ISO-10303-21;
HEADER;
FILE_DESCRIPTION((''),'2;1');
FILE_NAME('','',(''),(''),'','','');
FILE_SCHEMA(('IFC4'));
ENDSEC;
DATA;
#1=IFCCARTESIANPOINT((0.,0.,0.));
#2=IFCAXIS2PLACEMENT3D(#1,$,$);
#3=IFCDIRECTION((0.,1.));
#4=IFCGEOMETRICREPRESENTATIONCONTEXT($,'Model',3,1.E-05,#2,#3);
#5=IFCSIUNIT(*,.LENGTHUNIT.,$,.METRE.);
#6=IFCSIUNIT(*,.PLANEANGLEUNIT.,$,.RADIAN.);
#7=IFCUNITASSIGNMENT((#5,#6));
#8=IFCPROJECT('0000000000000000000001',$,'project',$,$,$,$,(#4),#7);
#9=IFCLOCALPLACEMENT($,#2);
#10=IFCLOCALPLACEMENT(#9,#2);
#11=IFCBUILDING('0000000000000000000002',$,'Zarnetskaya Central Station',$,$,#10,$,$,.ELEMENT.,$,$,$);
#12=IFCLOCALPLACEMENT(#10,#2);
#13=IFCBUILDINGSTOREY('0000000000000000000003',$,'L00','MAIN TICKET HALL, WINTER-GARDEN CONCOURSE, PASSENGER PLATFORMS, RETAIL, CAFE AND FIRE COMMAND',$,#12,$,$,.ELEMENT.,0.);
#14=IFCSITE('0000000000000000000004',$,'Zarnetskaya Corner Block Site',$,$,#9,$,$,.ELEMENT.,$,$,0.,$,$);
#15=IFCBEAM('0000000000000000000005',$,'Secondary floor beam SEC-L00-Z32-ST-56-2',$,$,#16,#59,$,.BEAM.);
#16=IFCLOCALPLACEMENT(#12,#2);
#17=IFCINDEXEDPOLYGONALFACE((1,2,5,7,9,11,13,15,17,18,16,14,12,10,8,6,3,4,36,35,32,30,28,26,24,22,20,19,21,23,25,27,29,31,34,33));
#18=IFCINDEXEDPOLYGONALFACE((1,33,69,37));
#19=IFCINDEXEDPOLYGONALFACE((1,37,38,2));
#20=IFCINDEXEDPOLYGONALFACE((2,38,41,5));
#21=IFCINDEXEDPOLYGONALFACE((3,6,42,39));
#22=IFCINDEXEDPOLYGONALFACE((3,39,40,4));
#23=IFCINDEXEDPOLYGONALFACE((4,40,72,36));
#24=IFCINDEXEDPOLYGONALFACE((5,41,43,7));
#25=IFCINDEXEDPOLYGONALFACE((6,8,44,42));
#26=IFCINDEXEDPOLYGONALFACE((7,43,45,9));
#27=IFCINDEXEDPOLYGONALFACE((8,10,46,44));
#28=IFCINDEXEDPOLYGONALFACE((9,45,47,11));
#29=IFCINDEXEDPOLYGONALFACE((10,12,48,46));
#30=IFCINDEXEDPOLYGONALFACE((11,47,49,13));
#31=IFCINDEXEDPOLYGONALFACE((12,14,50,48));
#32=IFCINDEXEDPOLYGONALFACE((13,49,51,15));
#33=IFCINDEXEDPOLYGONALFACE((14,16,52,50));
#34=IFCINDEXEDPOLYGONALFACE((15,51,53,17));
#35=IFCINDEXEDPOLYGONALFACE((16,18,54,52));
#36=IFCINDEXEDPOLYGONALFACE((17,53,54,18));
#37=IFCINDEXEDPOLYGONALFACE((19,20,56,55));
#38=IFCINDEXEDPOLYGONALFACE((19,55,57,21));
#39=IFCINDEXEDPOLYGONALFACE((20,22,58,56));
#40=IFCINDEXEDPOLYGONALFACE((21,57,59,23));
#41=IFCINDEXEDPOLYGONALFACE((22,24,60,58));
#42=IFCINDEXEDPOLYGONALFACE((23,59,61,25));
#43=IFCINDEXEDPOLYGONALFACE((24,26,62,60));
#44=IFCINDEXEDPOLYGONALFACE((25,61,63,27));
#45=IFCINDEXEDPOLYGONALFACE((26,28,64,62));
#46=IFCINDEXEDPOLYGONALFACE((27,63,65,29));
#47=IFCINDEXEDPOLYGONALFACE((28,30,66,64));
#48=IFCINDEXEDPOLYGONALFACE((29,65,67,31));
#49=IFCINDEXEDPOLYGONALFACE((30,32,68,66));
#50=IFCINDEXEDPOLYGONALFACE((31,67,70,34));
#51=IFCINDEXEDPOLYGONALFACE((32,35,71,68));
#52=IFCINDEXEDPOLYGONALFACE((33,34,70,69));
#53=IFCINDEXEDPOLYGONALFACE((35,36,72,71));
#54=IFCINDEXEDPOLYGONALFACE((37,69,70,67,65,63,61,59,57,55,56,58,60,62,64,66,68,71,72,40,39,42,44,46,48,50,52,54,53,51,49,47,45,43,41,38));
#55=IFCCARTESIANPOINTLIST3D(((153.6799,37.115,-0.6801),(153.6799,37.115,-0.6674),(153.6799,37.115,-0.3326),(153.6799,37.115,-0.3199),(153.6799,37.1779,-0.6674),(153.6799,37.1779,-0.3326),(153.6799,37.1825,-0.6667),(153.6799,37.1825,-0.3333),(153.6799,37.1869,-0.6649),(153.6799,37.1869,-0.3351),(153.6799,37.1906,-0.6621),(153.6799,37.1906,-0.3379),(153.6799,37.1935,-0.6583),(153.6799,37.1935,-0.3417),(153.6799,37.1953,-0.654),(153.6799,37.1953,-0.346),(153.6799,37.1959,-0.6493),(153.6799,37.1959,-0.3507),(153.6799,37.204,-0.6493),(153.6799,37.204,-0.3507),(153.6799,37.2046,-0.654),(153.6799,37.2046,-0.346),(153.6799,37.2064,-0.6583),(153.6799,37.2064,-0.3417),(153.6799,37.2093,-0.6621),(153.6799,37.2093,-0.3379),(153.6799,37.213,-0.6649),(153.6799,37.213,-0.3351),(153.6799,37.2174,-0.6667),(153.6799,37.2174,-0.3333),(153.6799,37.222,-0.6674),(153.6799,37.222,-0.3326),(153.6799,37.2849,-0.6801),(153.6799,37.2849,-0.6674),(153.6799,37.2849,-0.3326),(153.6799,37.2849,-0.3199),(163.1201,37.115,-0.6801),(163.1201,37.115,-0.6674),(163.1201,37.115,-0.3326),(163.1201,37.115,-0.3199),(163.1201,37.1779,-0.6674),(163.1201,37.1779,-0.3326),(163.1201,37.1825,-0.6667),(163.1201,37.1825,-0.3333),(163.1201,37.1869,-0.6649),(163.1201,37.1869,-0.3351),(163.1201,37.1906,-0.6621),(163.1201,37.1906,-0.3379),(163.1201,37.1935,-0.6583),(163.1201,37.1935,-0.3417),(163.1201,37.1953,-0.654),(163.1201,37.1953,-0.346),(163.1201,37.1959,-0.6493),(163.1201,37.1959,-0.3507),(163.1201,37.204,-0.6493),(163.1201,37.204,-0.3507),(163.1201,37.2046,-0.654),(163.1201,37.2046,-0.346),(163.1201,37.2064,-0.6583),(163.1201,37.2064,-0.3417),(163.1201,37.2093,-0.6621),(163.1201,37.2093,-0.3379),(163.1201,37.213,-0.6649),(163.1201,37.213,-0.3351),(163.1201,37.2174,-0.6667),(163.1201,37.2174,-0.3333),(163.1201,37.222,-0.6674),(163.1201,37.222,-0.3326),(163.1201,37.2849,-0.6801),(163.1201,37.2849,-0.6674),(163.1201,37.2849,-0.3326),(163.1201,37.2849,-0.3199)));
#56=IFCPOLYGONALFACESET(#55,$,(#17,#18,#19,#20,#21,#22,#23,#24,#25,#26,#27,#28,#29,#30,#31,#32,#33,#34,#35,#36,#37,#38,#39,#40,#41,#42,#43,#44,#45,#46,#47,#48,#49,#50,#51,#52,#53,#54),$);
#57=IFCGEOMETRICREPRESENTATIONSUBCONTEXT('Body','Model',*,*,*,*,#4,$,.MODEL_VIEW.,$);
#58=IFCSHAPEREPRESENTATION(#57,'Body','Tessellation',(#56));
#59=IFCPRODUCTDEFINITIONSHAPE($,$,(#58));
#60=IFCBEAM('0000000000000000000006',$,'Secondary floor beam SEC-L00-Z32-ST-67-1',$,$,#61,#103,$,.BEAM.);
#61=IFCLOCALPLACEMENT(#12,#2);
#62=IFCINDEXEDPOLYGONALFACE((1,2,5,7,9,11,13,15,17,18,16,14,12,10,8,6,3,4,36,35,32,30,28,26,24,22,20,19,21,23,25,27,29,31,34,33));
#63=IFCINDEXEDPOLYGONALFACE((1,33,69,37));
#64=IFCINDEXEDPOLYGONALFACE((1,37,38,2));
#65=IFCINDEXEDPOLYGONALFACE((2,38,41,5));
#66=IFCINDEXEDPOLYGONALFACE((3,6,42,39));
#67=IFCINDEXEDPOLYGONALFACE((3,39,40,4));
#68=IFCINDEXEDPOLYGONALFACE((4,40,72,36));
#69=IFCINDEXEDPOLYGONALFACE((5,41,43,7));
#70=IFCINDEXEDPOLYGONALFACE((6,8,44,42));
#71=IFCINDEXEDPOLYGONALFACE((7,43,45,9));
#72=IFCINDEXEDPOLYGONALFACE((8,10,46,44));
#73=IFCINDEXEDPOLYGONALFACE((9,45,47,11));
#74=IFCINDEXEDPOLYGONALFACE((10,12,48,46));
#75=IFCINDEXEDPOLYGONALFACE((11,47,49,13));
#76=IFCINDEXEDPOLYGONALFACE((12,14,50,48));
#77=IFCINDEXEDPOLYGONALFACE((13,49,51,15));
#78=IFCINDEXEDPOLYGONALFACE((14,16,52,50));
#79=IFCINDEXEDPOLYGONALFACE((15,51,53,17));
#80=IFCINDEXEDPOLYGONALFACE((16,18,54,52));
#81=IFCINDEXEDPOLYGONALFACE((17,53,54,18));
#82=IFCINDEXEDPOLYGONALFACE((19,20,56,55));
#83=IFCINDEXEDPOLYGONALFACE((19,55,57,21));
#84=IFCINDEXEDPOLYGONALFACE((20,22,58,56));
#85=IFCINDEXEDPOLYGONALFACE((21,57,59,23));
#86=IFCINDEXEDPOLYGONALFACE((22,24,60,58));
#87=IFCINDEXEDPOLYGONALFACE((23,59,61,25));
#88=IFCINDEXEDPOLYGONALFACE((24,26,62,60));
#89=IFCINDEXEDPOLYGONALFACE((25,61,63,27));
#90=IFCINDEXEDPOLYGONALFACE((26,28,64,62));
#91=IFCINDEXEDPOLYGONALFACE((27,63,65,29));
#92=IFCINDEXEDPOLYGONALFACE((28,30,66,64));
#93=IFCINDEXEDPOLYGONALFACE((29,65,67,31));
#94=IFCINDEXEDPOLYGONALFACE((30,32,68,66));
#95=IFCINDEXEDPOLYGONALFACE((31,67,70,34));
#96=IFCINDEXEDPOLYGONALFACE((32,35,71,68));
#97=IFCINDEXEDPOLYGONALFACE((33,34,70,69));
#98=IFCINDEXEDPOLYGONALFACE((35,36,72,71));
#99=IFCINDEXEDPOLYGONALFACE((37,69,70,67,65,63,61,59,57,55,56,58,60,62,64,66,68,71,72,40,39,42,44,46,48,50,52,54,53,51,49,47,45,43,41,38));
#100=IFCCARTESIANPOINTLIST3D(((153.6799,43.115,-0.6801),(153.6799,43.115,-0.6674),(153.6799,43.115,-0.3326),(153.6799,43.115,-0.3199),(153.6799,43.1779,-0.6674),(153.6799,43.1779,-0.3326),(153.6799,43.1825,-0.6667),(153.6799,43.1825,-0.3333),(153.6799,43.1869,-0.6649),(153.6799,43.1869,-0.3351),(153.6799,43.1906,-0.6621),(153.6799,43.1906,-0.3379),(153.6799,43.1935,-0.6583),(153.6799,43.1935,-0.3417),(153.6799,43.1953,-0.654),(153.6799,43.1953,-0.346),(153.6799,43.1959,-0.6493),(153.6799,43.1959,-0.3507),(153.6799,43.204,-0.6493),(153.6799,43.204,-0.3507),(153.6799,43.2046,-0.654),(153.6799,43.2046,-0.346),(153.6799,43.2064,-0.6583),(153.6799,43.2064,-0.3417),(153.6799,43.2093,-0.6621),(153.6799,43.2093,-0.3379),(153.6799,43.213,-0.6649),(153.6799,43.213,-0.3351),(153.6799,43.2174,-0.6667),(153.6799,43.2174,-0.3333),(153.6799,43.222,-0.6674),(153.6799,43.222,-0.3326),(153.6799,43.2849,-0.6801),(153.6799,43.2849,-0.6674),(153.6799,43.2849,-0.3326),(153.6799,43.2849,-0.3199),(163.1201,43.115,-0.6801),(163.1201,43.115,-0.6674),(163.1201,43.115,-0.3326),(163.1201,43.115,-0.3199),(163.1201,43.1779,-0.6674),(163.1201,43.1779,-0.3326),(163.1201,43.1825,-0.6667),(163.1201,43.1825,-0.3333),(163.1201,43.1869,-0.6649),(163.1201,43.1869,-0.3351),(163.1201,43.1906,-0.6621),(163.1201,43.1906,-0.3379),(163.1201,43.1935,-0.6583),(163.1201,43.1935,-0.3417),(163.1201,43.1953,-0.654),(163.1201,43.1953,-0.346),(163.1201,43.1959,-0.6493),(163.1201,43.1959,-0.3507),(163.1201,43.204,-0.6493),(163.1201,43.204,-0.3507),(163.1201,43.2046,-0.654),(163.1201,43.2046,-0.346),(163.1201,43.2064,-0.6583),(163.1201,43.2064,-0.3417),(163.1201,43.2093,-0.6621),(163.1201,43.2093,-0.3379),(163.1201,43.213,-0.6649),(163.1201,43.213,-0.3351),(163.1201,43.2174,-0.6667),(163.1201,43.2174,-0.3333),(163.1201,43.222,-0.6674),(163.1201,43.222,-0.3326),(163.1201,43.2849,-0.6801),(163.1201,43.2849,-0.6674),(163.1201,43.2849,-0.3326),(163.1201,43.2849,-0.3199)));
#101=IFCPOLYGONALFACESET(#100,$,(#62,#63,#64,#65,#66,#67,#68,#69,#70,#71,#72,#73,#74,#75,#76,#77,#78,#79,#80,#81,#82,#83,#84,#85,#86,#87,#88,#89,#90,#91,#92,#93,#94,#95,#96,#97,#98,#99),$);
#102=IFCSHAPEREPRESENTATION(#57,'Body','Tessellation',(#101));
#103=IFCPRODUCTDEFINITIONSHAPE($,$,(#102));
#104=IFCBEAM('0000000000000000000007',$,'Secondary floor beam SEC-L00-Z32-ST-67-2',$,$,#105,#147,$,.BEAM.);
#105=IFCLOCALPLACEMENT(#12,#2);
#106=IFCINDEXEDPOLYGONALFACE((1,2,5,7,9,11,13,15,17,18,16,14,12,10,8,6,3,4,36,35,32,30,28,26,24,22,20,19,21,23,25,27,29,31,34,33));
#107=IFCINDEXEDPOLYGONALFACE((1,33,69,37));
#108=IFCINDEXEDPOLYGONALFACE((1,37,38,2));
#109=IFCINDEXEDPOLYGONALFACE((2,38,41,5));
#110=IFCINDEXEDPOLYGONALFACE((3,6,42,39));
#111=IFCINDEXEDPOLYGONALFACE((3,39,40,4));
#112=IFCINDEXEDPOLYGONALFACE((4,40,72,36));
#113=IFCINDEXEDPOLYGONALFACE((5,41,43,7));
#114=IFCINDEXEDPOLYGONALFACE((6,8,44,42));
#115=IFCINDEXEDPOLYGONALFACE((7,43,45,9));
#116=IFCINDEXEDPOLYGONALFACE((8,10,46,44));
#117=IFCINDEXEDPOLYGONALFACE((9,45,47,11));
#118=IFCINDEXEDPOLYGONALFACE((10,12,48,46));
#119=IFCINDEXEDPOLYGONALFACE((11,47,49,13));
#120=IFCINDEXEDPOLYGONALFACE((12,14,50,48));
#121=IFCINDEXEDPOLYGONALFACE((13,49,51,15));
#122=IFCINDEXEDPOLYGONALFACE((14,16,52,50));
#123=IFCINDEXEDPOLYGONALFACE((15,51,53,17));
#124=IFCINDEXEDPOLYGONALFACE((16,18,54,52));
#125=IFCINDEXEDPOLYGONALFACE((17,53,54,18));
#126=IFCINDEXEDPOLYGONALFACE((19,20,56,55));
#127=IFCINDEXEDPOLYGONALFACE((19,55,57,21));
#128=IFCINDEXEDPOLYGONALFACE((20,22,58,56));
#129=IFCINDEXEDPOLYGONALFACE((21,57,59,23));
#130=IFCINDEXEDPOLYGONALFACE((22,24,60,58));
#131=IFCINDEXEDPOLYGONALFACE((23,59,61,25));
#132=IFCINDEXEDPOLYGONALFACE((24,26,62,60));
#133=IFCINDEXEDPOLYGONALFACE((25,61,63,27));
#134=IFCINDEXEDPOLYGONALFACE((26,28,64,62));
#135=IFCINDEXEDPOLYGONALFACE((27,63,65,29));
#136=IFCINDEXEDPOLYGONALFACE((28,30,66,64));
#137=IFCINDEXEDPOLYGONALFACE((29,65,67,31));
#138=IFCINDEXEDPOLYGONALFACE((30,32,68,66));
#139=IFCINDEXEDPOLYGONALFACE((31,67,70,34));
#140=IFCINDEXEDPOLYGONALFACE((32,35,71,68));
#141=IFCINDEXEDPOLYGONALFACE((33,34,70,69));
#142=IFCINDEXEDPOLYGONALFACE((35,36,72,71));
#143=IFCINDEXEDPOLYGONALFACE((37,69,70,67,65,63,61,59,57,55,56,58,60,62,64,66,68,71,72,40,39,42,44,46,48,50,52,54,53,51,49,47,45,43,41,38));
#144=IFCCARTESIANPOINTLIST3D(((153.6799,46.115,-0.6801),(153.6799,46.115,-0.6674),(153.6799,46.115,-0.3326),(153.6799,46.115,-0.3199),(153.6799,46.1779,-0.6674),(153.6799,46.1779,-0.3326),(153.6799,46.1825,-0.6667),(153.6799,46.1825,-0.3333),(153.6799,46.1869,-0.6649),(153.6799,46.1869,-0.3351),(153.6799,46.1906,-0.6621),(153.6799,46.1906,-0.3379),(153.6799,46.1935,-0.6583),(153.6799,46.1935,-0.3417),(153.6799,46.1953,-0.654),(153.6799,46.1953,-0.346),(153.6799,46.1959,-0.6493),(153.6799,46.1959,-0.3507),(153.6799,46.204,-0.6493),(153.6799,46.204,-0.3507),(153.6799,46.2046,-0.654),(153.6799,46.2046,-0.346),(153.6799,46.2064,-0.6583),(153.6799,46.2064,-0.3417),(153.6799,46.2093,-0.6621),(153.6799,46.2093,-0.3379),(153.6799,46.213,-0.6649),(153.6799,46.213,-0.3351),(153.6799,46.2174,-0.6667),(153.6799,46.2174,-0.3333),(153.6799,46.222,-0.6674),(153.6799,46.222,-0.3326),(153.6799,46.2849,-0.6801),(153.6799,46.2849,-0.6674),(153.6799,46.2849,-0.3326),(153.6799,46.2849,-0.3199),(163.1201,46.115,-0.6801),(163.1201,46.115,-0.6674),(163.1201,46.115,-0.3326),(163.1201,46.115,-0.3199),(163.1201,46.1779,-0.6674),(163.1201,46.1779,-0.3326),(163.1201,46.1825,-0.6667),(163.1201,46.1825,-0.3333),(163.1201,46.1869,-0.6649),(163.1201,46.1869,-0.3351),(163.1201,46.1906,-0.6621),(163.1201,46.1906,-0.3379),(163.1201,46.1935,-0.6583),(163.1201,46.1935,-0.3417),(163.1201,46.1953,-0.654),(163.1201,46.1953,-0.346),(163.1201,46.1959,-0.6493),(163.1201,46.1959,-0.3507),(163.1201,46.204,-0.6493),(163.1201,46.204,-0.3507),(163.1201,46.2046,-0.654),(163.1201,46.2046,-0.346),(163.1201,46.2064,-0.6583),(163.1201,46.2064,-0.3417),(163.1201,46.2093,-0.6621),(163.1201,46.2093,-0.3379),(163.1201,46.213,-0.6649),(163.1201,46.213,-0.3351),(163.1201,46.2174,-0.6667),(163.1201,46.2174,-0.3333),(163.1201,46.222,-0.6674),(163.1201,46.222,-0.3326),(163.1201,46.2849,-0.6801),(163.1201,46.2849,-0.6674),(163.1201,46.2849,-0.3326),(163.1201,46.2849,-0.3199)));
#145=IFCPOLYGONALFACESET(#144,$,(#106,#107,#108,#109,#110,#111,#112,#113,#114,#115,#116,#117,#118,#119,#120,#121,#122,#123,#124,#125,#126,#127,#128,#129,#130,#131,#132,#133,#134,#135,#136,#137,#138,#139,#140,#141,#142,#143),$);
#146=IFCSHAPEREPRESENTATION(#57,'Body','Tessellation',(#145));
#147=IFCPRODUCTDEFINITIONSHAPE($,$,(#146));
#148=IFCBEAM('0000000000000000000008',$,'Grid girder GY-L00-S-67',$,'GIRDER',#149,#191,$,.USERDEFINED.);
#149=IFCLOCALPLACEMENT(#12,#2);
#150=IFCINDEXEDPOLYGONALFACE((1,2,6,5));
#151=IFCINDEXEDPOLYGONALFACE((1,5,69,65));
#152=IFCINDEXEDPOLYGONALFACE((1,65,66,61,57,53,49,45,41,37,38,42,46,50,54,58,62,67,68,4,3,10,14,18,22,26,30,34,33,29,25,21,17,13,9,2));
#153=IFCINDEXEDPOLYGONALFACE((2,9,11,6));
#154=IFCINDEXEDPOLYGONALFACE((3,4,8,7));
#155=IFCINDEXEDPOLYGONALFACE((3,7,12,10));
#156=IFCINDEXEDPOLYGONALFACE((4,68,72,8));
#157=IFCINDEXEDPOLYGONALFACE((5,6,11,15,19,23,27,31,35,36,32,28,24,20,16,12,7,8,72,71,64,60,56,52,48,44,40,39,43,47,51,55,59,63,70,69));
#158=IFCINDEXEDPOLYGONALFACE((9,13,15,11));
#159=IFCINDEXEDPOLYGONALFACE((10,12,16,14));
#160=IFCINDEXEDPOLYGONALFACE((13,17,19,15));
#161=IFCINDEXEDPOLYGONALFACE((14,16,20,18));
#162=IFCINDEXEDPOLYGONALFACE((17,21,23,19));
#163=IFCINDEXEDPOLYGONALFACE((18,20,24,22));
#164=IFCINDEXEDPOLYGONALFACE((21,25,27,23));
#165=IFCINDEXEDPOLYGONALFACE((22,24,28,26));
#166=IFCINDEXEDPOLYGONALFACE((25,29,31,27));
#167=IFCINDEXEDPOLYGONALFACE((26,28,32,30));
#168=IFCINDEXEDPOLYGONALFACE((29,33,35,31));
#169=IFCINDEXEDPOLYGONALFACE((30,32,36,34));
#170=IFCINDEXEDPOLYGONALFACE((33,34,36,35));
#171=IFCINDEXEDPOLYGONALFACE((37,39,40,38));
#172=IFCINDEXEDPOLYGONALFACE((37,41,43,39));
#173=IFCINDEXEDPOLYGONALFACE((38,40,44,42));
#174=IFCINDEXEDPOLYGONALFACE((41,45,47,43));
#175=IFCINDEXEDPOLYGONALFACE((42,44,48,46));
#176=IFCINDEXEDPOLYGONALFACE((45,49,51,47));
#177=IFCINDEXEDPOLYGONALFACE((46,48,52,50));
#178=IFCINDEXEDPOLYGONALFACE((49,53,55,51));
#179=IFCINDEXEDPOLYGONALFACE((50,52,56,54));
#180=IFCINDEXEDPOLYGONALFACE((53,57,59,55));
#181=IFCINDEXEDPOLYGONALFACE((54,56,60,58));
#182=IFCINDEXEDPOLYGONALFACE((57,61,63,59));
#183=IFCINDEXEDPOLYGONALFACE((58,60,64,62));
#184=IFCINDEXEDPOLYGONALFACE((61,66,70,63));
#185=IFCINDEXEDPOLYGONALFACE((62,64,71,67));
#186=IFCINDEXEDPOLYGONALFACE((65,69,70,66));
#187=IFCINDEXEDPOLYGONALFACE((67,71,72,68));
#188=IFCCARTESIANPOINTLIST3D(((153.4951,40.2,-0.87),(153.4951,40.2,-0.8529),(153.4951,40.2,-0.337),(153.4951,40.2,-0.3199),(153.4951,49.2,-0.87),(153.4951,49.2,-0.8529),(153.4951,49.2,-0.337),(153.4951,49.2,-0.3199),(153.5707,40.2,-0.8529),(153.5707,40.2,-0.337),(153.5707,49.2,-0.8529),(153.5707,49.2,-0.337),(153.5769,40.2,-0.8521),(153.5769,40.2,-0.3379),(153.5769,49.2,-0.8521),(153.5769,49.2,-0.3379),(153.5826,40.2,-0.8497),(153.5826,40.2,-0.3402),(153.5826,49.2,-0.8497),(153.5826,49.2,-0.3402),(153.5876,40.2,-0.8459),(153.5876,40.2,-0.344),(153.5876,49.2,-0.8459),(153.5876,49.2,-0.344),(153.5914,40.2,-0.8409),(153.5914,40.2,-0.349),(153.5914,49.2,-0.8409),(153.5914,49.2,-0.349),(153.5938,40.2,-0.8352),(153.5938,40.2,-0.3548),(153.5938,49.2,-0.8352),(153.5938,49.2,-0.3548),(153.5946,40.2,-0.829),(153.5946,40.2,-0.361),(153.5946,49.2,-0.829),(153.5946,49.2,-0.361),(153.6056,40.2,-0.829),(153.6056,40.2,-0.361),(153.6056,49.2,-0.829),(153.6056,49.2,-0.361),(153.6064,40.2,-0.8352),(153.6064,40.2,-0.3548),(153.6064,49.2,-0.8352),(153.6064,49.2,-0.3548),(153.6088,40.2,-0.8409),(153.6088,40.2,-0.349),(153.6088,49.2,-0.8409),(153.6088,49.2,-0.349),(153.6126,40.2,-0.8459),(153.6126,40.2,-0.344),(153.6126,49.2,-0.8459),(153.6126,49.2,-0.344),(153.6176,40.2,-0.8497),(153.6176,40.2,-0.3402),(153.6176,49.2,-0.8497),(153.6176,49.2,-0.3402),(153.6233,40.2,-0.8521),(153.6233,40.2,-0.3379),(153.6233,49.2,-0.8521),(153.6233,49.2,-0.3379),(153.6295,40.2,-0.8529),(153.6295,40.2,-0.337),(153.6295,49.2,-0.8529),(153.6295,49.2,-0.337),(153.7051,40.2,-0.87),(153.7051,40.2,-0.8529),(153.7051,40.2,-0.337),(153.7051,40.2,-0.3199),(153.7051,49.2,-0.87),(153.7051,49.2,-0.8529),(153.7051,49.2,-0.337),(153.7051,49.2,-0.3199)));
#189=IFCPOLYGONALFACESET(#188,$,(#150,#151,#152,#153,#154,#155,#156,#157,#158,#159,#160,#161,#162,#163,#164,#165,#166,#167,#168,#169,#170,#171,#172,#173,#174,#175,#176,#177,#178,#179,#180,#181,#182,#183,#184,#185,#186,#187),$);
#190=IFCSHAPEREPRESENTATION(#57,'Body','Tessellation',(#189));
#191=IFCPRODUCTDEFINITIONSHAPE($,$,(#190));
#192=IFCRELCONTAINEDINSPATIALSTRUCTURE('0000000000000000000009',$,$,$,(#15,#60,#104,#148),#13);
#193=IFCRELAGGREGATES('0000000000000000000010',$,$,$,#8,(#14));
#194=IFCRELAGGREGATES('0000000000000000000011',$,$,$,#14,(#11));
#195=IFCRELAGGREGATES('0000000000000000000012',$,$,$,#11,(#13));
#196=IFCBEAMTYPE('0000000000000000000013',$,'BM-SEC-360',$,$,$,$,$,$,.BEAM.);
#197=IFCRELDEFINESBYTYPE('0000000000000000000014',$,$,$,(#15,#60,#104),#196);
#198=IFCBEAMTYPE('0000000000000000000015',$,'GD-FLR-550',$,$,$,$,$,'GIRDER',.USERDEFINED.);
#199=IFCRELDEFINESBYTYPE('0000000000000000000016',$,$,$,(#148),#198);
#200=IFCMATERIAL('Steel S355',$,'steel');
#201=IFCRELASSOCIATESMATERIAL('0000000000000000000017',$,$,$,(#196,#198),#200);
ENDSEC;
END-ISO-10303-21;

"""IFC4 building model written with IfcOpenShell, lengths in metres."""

from ifc_helpers import new_model, si_unit, direction, frame, origin, origin_2d, place, context, subcontext, project, spatial, i_section, extrude, material, material_profile, profile_set, type_object, element, save


model = new_model("IFC4")

# Units and contexts
model_context = context("Model", 3, precision=1e-05, world=origin(), true_north=direction((0.0, 1.0)))
body_context = subcontext(model_context, "Body", "Model", "MODEL_VIEW")
ifc_project = project(units=[si_unit("LENGTHUNIT", "METRE"), si_unit("PLANEANGLEUNIT", "RADIAN")], contexts=[model_context])

# Site, building, storey
site_placement = place(None, origin())
site = spatial("IfcSite", under=ifc_project, at=site_placement, Name="Zarnetskaya Corner Block Site", CompositionType="ELEMENT", RefElevation=0.0)
building_placement = place(site_placement, origin())
building = spatial("IfcBuilding", under=site, at=building_placement, Name="Zarnetskaya Central Station", CompositionType="ELEMENT")
storey_placement = place(building_placement, origin())
storey = spatial("IfcBuildingStorey", under=building, at=storey_placement, Name="L00", Description="MAIN TICKET HALL, WINTER-GARDEN CONCOURSE, PASSENGER PLATFORMS, RETAIL, CAFE AND FIRE COMMAND", CompositionType="ELEMENT", Elevation=0.0)

# Shared definitions
ifc_material_1 = material(Name="Steel S355", Category="steel")

# Beams
ifc_material_profile_1 = material_profile(ifc_material_1, i_section(OverallWidth=0.1699, OverallDepth=0.3601, WebThickness=0.0081, FlangeThickness=0.0127, FilletRadius=0.0181, at=origin_2d()), Name="IPE 360")
ifc_profile_set_1 = profile_set([ifc_material_profile_1], Name="Steel S355")
beam_type_1 = type_object("IfcBeamType", Name="BM-SEC-360", PredefinedType="BEAM", material=ifc_profile_set_1)
for number, where, z_axis, x_axis, name in (
    (1, (153.6799, 37.2, -0.5), (1.0, 0.0, 0.0), (0.0, 1.0, 0.0), "Secondary floor beam SEC-L00-Z32-ST-56-2"),
    (2, (153.6799, 43.2, -0.5), (1.0, 0.0, 0.0), (0.0, 1.0, 0.0), "Secondary floor beam SEC-L00-Z32-ST-67-1"),
    (3, (153.6799, 46.2, -0.5), (1.0, 0.0, 0.0), (0.0, 1.0, 0.0), "Secondary floor beam SEC-L00-Z32-ST-67-2"),
):
    element("IfcBeam", number, at=place(storey_placement, frame(where, z_axis=z_axis, x_axis=x_axis)), inside=storey, type_object=beam_type_1, Name=name, PredefinedType="BEAM", context=body_context, shape_type="SweptSolid", body=[
        extrude(i_section(OverallWidth=0.1699, OverallDepth=0.3601, WebThickness=0.0081, FlangeThickness=0.0127, FilletRadius=0.0181, at=origin_2d()), origin(), (0.0, 0.0, 1.0), 9.4402),
    ])
ifc_material_profile_2 = material_profile(ifc_material_1, i_section(OverallWidth=0.21, OverallDepth=0.55, WebThickness=0.011, FlangeThickness=0.0171, FilletRadius=0.0239, at=origin_2d()), Name="IPE 550")
ifc_profile_set_2 = profile_set([ifc_material_profile_2], Name="Steel S355")
beam_type_2 = type_object("IfcBeamType", Name="GD-FLR-550", ElementType="GIRDER", PredefinedType="USERDEFINED", material=ifc_profile_set_2)
for number, where, z_axis, x_axis, name in (
    (4, (153.6001, 40.2, -0.595), (0.0, 1.0, 0.0), (-1.0, 0.0, 0.0), "Grid girder GY-L00-S-67"),
):
    element("IfcBeam", number, at=place(storey_placement, frame(where, z_axis=z_axis, x_axis=x_axis)), inside=storey, type_object=beam_type_2, Name=name, ObjectType="GIRDER", PredefinedType="USERDEFINED", context=body_context, shape_type="SweptSolid", body=[
        extrude(i_section(OverallWidth=0.21, OverallDepth=0.55, WebThickness=0.011, FlangeThickness=0.0171, FilletRadius=0.0239, at=origin_2d()), origin(), (0.0, 0.0, 1.0), 9.0),
    ])

save(model, "model.ifc")
